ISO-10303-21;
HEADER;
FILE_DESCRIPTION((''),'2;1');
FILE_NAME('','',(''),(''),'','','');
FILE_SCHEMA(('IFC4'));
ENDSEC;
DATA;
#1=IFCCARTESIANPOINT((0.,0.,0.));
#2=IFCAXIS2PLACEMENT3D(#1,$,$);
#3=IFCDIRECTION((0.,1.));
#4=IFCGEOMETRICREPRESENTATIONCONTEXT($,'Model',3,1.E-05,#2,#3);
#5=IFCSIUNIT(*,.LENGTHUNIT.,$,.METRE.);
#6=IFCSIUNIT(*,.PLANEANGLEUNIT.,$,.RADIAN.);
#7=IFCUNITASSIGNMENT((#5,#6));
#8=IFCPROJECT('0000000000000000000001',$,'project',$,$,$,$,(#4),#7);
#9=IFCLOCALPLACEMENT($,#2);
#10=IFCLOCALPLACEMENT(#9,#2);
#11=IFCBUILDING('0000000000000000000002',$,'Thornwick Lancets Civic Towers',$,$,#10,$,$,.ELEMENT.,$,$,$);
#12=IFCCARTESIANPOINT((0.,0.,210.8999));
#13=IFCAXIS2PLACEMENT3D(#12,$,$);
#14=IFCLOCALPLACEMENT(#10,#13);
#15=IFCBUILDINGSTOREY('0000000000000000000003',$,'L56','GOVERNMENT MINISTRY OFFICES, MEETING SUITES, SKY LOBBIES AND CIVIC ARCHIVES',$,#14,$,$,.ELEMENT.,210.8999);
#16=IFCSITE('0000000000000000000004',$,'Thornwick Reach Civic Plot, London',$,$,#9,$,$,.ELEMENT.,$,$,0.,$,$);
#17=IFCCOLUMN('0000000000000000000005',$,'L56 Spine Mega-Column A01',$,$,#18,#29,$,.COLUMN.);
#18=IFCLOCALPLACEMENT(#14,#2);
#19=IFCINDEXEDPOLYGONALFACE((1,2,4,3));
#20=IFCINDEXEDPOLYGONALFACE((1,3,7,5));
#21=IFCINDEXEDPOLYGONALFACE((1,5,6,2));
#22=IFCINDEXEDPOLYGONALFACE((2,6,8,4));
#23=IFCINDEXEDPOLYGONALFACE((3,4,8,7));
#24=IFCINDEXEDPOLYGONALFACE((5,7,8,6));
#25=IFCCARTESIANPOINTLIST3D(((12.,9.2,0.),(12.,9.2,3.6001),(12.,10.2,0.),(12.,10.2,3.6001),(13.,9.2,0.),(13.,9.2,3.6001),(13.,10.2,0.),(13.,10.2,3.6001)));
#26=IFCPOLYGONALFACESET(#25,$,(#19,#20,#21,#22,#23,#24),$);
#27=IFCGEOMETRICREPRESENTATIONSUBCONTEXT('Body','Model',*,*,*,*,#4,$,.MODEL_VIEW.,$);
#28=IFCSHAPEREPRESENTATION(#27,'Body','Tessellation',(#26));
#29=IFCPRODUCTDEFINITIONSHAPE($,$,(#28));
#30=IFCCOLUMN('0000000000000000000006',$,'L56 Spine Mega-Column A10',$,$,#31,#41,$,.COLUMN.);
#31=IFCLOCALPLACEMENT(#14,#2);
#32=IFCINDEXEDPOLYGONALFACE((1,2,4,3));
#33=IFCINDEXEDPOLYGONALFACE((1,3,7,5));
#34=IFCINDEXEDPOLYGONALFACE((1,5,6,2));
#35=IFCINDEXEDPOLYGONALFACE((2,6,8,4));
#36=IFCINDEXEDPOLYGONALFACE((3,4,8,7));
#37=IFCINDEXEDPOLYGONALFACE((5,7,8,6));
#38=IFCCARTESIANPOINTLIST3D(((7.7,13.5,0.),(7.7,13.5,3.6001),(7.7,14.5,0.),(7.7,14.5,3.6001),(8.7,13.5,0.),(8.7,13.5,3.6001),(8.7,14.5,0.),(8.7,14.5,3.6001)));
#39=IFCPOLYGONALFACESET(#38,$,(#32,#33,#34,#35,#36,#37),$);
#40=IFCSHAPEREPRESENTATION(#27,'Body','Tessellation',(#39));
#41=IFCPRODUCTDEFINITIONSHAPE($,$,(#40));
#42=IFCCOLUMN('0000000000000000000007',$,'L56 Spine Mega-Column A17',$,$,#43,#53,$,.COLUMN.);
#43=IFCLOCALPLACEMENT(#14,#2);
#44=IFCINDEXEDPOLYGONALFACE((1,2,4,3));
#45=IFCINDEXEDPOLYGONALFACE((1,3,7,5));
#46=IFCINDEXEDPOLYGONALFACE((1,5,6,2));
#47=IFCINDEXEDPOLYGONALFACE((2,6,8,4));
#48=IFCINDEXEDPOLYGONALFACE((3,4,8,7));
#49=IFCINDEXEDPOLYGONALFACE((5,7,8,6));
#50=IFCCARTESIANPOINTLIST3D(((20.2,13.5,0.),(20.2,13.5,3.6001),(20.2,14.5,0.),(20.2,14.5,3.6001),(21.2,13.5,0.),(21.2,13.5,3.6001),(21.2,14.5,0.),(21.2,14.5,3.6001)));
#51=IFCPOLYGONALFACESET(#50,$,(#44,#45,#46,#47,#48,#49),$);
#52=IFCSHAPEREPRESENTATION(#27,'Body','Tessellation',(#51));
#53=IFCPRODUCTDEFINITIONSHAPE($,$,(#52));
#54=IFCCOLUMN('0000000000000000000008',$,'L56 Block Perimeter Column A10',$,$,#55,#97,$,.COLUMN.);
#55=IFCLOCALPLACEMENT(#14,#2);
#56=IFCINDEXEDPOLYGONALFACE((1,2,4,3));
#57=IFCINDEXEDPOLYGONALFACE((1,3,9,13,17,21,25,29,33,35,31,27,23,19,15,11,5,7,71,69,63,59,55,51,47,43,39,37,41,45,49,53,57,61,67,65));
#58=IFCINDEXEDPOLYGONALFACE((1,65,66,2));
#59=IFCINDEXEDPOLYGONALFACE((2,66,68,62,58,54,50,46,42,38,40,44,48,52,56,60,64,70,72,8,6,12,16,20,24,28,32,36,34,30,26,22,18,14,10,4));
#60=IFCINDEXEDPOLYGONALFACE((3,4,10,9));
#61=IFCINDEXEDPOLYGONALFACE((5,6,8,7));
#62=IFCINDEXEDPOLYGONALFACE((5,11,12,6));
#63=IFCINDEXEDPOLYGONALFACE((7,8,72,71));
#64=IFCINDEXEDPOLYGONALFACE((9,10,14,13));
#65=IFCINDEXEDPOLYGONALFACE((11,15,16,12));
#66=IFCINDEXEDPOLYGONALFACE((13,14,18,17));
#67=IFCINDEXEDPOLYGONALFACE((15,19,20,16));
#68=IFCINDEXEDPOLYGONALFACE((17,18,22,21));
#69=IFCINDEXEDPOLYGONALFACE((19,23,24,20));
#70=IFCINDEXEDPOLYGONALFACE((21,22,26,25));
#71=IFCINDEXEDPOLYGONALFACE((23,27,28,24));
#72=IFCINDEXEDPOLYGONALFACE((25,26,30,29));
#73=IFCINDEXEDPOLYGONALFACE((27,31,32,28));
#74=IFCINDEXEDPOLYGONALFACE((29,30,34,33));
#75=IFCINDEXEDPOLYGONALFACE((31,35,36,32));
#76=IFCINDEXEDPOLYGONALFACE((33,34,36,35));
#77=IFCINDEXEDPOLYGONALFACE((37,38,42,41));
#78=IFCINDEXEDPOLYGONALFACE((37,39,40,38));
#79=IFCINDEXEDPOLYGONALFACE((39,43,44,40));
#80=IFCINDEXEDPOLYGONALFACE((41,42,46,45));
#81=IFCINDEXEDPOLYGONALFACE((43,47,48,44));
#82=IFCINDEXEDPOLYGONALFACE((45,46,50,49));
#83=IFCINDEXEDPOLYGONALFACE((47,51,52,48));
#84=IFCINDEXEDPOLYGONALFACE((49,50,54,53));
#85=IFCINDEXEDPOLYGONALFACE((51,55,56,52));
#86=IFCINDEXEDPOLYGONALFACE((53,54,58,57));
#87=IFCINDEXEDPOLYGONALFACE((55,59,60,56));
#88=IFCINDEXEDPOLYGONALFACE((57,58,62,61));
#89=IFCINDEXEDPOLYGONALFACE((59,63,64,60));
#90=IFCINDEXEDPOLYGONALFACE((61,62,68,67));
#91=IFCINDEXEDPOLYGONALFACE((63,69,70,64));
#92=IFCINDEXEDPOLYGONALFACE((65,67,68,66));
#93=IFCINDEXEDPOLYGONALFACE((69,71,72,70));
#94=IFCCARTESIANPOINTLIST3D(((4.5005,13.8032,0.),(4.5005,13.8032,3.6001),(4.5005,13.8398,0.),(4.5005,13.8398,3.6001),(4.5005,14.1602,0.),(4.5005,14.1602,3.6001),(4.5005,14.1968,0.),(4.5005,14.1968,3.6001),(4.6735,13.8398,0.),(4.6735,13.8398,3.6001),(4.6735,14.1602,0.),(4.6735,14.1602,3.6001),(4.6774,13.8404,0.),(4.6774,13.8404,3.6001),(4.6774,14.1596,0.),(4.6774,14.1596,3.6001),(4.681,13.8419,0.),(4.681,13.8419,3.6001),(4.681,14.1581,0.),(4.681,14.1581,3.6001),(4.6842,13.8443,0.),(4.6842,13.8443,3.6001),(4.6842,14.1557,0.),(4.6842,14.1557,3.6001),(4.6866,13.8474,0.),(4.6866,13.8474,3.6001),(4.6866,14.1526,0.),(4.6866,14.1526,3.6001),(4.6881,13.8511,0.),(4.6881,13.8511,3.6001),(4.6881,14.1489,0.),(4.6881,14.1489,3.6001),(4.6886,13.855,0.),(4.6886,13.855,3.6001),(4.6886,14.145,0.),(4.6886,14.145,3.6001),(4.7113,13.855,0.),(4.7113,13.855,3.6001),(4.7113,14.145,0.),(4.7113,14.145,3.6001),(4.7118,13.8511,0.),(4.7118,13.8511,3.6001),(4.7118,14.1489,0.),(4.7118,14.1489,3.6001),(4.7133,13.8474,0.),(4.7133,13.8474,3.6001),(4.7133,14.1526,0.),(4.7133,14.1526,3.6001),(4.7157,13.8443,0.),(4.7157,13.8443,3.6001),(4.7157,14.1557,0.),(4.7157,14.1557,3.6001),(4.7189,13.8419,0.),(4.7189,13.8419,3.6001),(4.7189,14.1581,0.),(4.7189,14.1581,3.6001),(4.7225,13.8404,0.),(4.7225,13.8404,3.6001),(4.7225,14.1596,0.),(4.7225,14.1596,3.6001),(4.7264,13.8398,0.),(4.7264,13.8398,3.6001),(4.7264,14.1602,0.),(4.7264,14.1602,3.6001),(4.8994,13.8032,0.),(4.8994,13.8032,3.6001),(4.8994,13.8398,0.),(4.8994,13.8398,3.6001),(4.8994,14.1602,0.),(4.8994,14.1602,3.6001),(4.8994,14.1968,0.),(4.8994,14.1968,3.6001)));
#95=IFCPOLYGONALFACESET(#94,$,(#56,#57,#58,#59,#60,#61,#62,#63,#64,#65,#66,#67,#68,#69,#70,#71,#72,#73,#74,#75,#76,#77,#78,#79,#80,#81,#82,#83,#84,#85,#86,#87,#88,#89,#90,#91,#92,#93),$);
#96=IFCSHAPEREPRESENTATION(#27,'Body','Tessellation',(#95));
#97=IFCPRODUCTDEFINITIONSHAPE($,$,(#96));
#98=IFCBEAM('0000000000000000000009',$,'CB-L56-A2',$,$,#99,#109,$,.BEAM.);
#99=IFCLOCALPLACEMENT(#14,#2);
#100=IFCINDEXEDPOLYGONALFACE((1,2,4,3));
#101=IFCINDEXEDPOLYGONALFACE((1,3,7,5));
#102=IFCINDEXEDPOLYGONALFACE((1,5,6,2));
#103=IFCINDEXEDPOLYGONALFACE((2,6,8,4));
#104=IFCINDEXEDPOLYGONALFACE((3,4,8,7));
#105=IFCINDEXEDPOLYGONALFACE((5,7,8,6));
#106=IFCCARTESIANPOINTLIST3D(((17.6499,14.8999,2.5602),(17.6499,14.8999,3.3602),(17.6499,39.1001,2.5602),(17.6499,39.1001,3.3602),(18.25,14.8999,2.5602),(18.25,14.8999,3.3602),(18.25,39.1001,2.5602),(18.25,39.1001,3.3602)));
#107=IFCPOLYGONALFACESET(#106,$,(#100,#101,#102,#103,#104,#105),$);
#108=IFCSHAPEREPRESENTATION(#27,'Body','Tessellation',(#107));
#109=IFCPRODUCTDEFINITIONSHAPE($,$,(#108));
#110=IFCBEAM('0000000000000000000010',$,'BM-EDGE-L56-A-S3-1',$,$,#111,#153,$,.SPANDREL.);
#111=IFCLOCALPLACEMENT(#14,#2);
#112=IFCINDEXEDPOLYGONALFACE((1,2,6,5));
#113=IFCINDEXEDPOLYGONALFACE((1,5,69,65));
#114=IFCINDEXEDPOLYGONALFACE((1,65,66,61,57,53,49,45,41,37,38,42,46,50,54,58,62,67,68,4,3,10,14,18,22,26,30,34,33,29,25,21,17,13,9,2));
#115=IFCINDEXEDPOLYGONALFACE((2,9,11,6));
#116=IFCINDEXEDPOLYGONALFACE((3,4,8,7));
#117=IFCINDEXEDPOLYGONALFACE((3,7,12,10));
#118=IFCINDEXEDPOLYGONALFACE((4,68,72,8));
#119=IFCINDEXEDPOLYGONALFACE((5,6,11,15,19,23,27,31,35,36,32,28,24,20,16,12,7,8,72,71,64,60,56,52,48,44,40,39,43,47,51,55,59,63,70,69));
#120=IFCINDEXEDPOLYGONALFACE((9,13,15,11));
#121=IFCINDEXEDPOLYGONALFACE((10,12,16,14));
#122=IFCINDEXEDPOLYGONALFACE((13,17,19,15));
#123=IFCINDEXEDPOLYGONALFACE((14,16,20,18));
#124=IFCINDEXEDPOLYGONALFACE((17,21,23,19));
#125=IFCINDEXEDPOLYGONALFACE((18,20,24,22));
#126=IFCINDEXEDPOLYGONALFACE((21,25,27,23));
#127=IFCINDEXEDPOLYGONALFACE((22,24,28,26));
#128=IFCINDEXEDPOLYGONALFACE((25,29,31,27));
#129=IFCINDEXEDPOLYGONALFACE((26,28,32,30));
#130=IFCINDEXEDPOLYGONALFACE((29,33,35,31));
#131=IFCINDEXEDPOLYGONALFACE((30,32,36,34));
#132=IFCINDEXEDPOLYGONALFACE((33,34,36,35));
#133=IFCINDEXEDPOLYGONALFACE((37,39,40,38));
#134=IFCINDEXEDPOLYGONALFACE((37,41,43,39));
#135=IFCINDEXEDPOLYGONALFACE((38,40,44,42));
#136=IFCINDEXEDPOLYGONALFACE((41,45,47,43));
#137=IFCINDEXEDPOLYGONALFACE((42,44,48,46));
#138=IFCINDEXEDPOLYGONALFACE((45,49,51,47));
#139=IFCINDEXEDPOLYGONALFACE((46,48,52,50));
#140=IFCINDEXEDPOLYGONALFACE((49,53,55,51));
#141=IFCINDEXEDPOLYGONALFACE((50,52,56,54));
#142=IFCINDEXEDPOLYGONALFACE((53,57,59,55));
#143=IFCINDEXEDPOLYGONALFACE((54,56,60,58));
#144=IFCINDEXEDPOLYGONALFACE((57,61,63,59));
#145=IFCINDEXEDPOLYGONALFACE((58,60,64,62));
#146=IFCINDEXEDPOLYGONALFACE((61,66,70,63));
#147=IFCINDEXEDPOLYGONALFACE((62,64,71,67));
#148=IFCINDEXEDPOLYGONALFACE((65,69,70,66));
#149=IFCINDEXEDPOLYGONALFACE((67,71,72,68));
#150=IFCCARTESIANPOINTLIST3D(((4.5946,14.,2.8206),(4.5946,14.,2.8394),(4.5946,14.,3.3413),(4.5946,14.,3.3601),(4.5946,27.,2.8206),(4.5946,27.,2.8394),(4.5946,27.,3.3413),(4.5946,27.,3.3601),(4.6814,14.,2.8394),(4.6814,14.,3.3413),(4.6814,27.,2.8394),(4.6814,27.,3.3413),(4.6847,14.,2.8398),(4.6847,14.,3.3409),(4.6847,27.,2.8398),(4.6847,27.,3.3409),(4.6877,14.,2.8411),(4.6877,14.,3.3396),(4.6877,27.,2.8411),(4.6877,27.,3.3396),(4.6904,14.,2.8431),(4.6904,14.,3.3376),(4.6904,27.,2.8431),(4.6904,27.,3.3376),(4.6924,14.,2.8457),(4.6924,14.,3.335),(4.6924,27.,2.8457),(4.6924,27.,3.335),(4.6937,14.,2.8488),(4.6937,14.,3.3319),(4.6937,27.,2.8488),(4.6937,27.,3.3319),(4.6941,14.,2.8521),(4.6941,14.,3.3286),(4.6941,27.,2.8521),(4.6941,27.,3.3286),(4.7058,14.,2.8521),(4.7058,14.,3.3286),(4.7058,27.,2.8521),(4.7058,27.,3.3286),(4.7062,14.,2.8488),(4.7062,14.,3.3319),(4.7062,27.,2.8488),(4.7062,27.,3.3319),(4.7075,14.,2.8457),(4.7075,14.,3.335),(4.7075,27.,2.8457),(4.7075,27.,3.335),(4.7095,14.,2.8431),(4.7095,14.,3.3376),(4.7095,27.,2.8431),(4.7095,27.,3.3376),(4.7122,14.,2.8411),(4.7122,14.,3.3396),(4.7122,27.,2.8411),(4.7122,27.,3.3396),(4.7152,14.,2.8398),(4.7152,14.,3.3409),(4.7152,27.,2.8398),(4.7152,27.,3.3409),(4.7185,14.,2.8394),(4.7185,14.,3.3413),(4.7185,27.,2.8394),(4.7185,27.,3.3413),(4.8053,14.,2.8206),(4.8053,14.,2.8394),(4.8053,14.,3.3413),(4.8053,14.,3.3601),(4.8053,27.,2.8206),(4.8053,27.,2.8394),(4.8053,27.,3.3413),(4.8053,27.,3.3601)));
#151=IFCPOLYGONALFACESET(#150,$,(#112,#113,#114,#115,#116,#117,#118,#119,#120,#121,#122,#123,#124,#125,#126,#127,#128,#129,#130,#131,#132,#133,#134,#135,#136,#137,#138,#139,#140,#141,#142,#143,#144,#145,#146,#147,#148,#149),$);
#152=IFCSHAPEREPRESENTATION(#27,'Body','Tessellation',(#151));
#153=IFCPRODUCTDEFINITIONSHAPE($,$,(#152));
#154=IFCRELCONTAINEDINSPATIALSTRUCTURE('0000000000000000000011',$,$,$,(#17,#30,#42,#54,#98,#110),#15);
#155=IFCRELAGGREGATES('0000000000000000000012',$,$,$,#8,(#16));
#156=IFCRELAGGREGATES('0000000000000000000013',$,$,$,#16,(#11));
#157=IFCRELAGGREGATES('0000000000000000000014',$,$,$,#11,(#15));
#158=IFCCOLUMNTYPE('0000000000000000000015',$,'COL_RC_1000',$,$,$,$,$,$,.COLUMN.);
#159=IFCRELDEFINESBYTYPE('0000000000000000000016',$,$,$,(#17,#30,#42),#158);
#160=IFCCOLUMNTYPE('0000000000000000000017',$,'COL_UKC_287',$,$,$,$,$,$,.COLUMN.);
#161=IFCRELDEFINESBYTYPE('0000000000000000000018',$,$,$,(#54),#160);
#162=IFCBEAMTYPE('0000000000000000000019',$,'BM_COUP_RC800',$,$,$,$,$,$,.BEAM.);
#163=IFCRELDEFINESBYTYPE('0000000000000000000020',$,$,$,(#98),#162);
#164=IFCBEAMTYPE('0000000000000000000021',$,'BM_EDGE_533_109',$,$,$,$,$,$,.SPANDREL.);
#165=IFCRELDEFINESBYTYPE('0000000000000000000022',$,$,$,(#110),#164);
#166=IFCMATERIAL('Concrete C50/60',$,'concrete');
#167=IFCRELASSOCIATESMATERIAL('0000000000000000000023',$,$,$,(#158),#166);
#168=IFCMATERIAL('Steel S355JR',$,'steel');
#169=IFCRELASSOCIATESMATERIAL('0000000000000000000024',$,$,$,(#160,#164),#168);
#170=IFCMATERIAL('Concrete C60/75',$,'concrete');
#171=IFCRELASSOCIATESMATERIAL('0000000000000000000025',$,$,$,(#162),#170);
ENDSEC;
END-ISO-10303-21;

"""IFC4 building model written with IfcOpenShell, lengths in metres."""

from ifc_helpers import new_model, si_unit, direction, frame, origin, origin_2d, place, context, subcontext, project, spatial, rectangle, i_section, extrude, material, material_profile, profile_set, type_object, element, save


model = new_model("IFC4")

# Units and contexts
model_context = context("Model", 3, precision=1e-05, world=origin(), true_north=direction((0.0, 1.0)))
body_context = subcontext(model_context, "Body", "Model", "MODEL_VIEW")
ifc_project = project(units=[si_unit("LENGTHUNIT", "METRE"), si_unit("PLANEANGLEUNIT", "RADIAN")], contexts=[model_context])

# Site, building, storey
site_placement = place(None, origin())
site = spatial("IfcSite", under=ifc_project, at=site_placement, Name="Thornwick Reach Civic Plot, London", CompositionType="ELEMENT", RefElevation=0.0)
building_placement = place(site_placement, origin())
building = spatial("IfcBuilding", under=site, at=building_placement, Name="Thornwick Lancets Civic Towers", CompositionType="ELEMENT")
storey_placement = place(building_placement, frame((0.0, 0.0, 210.8999)))
storey = spatial("IfcBuildingStorey", under=building, at=storey_placement, Name="L56", Description="GOVERNMENT MINISTRY OFFICES, MEETING SUITES, SKY LOBBIES AND CIVIC ARCHIVES", CompositionType="ELEMENT", Elevation=210.8999)

# Columns
ifc_material_1 = material(Name="Concrete C50/60", Category="concrete")
ifc_material_profile_1 = material_profile(ifc_material_1, rectangle(XDim=1.0, YDim=1.0, at=origin_2d()), Name="RC 1000x1000")
ifc_profile_set_1 = profile_set([ifc_material_profile_1], Name="Concrete C50/60")
column_type_1 = type_object("IfcColumnType", Name="COL_RC_1000", PredefinedType="COLUMN", material=ifc_profile_set_1)
for number, where, z_axis, x_axis, name in (
    (1, (12.5, 9.7, 0.0), (0.0, 0.0, 1.0), (1.0, 0.0, 0.0), "L56 Spine Mega-Column A01"),
    (2, (8.2, 14.0, 0.0), (0.0, 0.0, 1.0), (1.0, 0.0, 0.0), "L56 Spine Mega-Column A10"),
    (3, (20.7, 14.0, 0.0), (0.0, 0.0, 1.0), (1.0, 0.0, 0.0), "L56 Spine Mega-Column A17"),
):
    element("IfcColumn", number, at=place(storey_placement, frame(where, z_axis=z_axis, x_axis=x_axis)), inside=storey, type_object=column_type_1, Name=name, PredefinedType="COLUMN", context=body_context, shape_type="SweptSolid", body=[
        extrude(rectangle(XDim=1.0, YDim=1.0, at=origin_2d()), origin(), (0.0, 0.0, 1.0), 3.6001),
    ])
ifc_material_2 = material(Name="Steel S355JR", Category="steel")
ifc_material_profile_2 = material_profile(ifc_material_2, i_section(OverallWidth=0.3989, OverallDepth=0.3936, WebThickness=0.0227, FlangeThickness=0.0366, FilletRadius=0.0151, at=origin_2d()), Name="UKC 356x406x287")
ifc_profile_set_2 = profile_set([ifc_material_profile_2], Name="Steel S355JR")
column_type_2 = type_object("IfcColumnType", Name="COL_UKC_287", PredefinedType="COLUMN", material=ifc_profile_set_2)
column_placement = place(storey_placement, frame((4.7, 14.0, 0.0), z_axis=(0.0, 0.0, 1.0), x_axis=(1.0, 0.0, 0.0)))
element("IfcColumn", 4, at=column_placement, inside=storey, type_object=column_type_2, Name="L56 Block Perimeter Column A10", PredefinedType="COLUMN", context=body_context, shape_type="SweptSolid", body=[
    extrude(i_section(OverallWidth=0.3989, OverallDepth=0.3936, WebThickness=0.0227, FlangeThickness=0.0366, FilletRadius=0.0151, at=origin_2d()), origin(), (0.0, 0.0, 1.0), 3.6001),
])

# Beams
ifc_material_3 = material(Name="Concrete C60/75", Category="concrete")
ifc_material_profile_3 = material_profile(ifc_material_3, rectangle(XDim=0.6001, YDim=0.8, at=origin_2d()), Name="RC 600x800")
ifc_profile_set_3 = profile_set([ifc_material_profile_3], Name="Concrete C60/75")
beam_type_1 = type_object("IfcBeamType", Name="BM_COUP_RC800", PredefinedType="BEAM", material=ifc_profile_set_3)
beam_1_placement = place(storey_placement, frame((17.95, 14.8999, 2.9602), z_axis=(0.0, 1.0, 0.0), x_axis=(-1.0, 0.0, 0.0)))
element("IfcBeam", 5, at=beam_1_placement, inside=storey, type_object=beam_type_1, Name="CB-L56-A2", PredefinedType="BEAM", context=body_context, shape_type="SweptSolid", body=[
    extrude(rectangle(XDim=0.6001, YDim=0.8, at=origin_2d()), origin(), (0.0, 0.0, 1.0), 24.2002),
])
ifc_material_profile_4 = material_profile(ifc_material_2, i_section(OverallWidth=0.2107, OverallDepth=0.5396, WebThickness=0.0117, FlangeThickness=0.0188, FilletRadius=0.0127, at=origin_2d()), Name="UKB 533x210x109")
ifc_profile_set_4 = profile_set([ifc_material_profile_4], Name="Steel S355JR")
beam_type_2 = type_object("IfcBeamType", Name="BM_EDGE_533_109", PredefinedType="SPANDREL", material=ifc_profile_set_4)
beam_2_placement = place(storey_placement, frame((4.7, 14.0, 3.0903), z_axis=(0.0, 1.0, 0.0), x_axis=(-1.0, 0.0, 0.0)))
element("IfcBeam", 6, at=beam_2_placement, inside=storey, type_object=beam_type_2, Name="BM-EDGE-L56-A-S3-1", PredefinedType="SPANDREL", context=body_context, shape_type="SweptSolid", body=[
    extrude(i_section(OverallWidth=0.2107, OverallDepth=0.5396, WebThickness=0.0117, FlangeThickness=0.0188, FilletRadius=0.0127, at=origin_2d()), origin(), (0.0, 0.0, 1.0), 13.0),
])

save(model, "model.ifc")
